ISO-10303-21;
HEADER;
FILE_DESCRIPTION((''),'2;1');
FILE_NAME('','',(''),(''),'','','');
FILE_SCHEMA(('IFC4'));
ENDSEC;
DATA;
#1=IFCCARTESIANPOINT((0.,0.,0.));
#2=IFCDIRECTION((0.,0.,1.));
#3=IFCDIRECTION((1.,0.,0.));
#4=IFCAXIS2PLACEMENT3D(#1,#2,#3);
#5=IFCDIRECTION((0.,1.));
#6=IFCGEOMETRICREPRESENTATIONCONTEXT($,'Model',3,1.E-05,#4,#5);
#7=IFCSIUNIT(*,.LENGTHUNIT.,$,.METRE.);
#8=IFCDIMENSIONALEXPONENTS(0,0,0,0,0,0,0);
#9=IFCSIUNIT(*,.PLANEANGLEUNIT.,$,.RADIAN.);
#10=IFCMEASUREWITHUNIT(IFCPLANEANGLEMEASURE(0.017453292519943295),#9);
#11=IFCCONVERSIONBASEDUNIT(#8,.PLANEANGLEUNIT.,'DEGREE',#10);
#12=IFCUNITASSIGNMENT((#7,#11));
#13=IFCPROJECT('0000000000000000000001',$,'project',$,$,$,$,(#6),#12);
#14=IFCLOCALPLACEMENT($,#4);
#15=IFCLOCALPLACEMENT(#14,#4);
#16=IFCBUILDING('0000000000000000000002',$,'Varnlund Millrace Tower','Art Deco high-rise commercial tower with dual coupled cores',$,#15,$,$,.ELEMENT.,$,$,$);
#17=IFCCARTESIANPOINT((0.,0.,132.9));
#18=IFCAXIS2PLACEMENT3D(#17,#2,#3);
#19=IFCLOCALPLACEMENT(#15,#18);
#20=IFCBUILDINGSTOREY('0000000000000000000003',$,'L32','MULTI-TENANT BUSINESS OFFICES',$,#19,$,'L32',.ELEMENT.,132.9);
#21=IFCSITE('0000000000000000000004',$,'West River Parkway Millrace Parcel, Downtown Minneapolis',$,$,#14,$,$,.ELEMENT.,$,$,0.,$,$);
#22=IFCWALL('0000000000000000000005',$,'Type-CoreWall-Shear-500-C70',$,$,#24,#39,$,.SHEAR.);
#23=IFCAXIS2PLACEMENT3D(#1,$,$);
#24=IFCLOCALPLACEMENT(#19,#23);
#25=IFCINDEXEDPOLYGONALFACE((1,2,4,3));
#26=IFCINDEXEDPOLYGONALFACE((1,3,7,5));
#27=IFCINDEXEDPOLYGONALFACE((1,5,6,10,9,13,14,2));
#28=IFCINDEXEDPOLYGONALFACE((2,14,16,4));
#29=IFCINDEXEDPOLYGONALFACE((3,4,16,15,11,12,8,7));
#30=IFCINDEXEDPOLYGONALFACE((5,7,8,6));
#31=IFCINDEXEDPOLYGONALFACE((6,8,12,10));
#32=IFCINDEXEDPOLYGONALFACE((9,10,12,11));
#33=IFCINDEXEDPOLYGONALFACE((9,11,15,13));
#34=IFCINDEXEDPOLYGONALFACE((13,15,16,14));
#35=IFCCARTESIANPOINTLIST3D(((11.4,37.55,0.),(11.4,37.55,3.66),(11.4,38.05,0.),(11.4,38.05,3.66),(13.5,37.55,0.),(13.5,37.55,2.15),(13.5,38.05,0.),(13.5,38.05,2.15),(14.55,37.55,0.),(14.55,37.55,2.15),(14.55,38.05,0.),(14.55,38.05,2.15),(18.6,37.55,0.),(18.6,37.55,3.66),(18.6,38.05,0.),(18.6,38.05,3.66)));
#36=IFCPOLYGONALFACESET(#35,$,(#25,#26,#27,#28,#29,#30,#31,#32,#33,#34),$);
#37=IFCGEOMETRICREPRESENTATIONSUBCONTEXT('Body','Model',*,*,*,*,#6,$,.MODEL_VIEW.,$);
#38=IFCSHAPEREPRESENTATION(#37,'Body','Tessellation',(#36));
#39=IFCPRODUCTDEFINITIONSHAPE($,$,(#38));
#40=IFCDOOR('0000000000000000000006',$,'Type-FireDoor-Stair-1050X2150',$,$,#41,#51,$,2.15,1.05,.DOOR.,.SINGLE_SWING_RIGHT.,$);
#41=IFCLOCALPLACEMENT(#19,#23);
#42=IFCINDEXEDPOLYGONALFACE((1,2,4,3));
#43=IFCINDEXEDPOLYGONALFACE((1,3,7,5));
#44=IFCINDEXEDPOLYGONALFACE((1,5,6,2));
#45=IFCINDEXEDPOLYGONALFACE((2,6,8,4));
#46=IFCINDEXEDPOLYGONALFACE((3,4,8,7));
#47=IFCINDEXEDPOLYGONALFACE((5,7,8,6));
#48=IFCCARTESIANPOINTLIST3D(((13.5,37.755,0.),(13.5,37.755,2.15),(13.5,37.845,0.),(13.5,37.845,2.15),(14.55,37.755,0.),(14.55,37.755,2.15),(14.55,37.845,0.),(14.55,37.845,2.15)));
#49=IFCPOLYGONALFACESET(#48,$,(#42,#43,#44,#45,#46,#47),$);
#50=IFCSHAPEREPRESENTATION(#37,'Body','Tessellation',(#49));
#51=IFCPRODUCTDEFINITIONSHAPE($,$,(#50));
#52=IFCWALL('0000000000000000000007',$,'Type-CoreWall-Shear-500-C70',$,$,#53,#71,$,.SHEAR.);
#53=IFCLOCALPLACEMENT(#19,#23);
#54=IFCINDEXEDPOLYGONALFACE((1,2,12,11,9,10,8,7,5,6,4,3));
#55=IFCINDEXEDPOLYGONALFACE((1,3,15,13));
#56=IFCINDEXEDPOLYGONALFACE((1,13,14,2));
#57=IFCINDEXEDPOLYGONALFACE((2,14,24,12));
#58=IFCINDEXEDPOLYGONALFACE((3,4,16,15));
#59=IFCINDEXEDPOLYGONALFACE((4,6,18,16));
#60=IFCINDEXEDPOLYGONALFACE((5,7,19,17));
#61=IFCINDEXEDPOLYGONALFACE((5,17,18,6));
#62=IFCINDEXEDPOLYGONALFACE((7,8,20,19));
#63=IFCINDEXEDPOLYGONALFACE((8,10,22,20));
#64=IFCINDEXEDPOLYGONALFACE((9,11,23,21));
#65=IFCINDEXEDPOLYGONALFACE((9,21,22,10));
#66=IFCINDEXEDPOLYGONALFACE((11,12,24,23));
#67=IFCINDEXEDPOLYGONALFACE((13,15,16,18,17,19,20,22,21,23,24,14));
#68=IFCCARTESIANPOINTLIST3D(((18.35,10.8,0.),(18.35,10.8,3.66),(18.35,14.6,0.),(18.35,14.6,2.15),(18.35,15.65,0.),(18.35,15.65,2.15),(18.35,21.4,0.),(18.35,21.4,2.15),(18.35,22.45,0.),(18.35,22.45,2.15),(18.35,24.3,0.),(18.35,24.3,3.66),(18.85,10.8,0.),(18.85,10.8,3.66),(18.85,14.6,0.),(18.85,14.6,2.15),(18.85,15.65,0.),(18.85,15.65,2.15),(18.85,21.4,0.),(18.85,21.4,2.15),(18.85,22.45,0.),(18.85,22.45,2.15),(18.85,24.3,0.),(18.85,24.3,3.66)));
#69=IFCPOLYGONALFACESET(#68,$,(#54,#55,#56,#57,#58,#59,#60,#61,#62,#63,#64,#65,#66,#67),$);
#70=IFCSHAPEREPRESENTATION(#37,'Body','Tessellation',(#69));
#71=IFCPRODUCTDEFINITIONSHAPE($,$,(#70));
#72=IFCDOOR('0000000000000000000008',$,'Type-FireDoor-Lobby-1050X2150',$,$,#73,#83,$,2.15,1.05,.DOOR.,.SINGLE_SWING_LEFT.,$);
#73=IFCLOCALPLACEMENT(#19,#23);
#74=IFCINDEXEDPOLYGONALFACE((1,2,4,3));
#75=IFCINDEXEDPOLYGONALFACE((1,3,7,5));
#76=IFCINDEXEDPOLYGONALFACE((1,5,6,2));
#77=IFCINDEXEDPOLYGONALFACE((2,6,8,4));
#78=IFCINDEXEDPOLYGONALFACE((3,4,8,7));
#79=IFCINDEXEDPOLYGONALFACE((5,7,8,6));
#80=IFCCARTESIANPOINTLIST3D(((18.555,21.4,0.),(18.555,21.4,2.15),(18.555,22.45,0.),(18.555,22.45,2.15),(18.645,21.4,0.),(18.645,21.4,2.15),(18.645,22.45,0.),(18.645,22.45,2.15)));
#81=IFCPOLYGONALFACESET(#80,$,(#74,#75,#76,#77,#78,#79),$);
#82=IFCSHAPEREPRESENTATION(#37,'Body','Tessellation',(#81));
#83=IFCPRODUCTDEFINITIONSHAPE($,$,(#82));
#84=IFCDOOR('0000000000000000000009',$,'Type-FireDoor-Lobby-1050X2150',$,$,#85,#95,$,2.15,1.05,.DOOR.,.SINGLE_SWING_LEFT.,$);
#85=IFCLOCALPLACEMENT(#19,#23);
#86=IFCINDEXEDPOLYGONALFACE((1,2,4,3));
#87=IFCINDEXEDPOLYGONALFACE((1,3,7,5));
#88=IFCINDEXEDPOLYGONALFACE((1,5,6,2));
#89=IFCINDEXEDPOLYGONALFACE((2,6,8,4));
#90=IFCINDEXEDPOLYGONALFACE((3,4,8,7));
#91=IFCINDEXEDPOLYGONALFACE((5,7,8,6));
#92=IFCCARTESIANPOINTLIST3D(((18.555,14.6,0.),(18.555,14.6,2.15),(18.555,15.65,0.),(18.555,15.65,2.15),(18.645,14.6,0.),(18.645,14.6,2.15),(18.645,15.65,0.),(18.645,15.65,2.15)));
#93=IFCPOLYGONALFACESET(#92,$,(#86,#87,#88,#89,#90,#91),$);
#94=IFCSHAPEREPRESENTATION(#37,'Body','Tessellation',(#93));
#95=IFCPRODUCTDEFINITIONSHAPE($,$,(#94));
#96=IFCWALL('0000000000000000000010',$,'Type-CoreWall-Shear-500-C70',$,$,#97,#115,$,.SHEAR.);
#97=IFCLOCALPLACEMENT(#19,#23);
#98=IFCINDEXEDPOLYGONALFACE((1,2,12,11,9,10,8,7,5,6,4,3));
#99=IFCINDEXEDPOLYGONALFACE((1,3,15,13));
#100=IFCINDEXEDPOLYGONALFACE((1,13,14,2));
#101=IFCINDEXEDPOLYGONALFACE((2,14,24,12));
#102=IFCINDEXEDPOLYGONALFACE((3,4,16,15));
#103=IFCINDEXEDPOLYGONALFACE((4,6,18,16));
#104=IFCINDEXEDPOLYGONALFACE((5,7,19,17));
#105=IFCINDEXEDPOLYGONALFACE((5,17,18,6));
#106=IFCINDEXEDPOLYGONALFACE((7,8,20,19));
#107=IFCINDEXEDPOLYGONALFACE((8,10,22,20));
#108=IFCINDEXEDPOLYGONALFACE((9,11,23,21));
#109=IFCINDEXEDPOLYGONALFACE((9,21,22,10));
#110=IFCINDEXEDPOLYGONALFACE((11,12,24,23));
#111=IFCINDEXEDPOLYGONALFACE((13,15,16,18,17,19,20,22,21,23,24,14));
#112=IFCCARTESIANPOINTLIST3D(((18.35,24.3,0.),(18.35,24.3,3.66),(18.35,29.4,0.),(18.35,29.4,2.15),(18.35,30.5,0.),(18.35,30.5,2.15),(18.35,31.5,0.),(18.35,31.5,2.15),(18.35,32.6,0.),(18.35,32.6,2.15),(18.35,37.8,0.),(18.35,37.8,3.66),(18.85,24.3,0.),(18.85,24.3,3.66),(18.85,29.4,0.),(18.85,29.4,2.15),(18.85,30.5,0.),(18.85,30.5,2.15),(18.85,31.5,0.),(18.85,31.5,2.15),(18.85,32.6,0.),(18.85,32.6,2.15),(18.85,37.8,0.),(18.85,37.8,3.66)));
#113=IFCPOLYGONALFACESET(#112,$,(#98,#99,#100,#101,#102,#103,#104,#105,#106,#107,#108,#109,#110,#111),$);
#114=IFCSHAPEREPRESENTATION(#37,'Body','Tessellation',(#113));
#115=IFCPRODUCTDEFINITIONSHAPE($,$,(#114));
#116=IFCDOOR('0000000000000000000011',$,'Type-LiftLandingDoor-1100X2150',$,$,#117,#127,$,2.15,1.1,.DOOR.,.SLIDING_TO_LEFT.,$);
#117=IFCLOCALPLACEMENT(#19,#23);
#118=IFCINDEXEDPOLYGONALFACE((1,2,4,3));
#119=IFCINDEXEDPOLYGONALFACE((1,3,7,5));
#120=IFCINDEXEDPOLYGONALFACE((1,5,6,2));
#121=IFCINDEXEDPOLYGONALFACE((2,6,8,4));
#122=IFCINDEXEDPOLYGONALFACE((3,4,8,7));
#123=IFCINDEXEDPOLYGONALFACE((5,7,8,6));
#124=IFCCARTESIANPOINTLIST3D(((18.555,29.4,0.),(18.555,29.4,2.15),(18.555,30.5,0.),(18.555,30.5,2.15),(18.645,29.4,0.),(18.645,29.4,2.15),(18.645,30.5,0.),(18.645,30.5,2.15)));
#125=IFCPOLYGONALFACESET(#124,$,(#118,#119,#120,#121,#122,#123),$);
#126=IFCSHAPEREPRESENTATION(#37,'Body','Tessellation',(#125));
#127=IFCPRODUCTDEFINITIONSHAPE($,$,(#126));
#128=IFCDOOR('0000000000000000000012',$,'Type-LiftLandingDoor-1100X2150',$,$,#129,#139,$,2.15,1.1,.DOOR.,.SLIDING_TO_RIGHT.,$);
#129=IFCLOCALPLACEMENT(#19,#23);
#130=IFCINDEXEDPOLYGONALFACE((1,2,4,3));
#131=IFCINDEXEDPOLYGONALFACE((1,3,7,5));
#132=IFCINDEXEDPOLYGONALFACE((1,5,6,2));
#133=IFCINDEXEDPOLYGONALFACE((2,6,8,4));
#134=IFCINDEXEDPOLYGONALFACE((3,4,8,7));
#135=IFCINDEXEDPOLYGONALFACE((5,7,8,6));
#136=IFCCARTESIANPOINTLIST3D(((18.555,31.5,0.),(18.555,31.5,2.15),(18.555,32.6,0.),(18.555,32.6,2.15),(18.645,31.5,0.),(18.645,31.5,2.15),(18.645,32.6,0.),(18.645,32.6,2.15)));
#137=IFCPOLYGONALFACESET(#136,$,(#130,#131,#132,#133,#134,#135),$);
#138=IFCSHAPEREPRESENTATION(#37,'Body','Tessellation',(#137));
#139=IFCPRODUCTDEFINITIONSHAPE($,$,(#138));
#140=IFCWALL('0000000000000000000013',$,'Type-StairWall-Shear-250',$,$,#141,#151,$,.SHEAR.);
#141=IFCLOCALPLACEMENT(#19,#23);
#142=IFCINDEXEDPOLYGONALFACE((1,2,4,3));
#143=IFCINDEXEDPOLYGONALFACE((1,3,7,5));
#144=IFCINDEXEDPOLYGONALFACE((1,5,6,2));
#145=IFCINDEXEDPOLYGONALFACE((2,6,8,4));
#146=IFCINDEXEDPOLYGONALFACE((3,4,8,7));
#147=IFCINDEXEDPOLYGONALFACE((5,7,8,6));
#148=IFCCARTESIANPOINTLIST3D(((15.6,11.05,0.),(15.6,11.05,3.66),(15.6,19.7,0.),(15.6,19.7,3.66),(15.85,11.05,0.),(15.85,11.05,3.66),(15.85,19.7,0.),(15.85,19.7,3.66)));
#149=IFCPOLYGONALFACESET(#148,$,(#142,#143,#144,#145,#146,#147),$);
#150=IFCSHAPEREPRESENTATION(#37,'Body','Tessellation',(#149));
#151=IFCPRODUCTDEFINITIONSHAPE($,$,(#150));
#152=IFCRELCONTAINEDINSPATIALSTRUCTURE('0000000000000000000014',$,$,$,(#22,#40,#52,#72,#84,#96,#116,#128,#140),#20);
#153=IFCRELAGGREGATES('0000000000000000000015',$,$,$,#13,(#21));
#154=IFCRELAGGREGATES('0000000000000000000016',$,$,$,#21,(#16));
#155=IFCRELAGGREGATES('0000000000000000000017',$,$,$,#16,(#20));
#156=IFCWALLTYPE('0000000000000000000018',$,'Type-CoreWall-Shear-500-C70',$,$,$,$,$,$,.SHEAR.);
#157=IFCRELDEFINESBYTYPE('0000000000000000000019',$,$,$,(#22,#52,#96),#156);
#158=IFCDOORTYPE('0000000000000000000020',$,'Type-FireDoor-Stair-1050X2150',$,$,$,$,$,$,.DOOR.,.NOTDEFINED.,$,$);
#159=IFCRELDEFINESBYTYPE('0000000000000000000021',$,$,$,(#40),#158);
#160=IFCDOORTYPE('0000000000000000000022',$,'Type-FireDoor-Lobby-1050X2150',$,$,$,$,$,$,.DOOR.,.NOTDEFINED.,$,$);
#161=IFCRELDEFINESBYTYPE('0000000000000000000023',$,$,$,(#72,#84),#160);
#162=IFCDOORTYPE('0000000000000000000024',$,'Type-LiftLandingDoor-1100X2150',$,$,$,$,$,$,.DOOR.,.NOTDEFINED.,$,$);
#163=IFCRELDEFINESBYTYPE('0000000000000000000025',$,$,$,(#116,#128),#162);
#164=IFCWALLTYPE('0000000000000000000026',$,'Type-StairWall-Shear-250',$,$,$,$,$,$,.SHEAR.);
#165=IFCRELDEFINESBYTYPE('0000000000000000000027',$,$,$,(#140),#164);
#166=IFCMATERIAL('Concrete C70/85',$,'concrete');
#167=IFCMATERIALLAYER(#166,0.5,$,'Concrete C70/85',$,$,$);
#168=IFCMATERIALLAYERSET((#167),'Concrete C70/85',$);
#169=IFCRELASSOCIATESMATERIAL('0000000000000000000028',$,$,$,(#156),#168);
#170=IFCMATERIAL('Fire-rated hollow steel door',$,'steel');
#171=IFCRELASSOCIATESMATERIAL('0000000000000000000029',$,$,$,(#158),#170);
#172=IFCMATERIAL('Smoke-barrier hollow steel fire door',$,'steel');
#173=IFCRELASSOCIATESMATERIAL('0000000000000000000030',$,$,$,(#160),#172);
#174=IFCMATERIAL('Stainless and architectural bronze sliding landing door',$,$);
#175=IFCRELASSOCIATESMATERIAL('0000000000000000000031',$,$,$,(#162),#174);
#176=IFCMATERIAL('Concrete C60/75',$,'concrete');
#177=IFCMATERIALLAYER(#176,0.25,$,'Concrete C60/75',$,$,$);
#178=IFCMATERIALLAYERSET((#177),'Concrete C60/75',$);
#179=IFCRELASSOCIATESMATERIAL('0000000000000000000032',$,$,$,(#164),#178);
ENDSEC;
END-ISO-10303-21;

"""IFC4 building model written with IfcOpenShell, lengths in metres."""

from ifc_helpers import new_model, entity, si_unit, converted_unit, direction, frame, origin_with_axes, origin_2d_with_axis, place, context, subcontext, project, spatial, polyline, rectangle, outline, extrude, material, layer, layer_set, type_object, element, fill, save


model = new_model("IFC4")

# Units and contexts
model_context = context("Model", 3, precision=1e-05, world=origin_with_axes(), true_north=direction((0.0, 1.0)))
body_context = subcontext(model_context, "Body", "Model", "MODEL_VIEW")
ifc_project = project(units=[si_unit("LENGTHUNIT", "METRE"), converted_unit("PLANEANGLEUNIT", "DEGREE", entity("IfcPlaneAngleMeasure", 0.017453292519943295), si_unit("PLANEANGLEUNIT", "RADIAN"), dimensions=[0, 0, 0, 0, 0, 0, 0])], contexts=[model_context])

# Site, building, storey
site_placement = place(None, origin_with_axes())
site = spatial("IfcSite", under=ifc_project, at=site_placement, Name="West River Parkway Millrace Parcel, Downtown Minneapolis", CompositionType="ELEMENT", RefElevation=0.0)
building_placement = place(site_placement, origin_with_axes())
building = spatial("IfcBuilding", under=site, at=building_placement, Name="Varnlund Millrace Tower", Description="Art Deco high-rise commercial tower with dual coupled cores", CompositionType="ELEMENT")
storey_placement = place(building_placement, frame((0.0, 0.0, 132.9), z_axis=(0.0, 0.0, 1.0), x_axis=(1.0, 0.0, 0.0)))
storey = spatial("IfcBuildingStorey", under=building, at=storey_placement, Name="L32", Description="MULTI-TENANT BUSINESS OFFICES", LongName="L32", CompositionType="ELEMENT", Elevation=132.9)

# Shared definitions
ifc_material_1 = material(Name="Concrete C60/75", Category="concrete")

# Shared definitions
ifc_material_2 = material(Name="Concrete C70/85", Category="concrete")
ifc_layer_1 = layer(ifc_material_2, 0.5, Name="Concrete C70/85")
ifc_layer_set_1 = layer_set([ifc_layer_1], Name="Concrete C70/85")
wall_type_1 = type_object("IfcWallType", Name="Type-CoreWall-Shear-500-C70", PredefinedType="SHEAR", material=ifc_layer_set_1)

# Wall, opening, door
ifc_material_3 = material(Name="Fire-rated hollow steel door", Category="steel")
door_type_1 = type_object("IfcDoorType", Name="Type-FireDoor-Stair-1050X2150", OperationType="NOTDEFINED", PredefinedType="DOOR", material=ifc_material_3)
wall_1_placement = place(storey_placement, frame((11.4, 37.8, 0.0), z_axis=(0.0, 0.0, 1.0), x_axis=(1.0, 0.0, 0.0)))
wall_1 = element("IfcWall", 1, at=wall_1_placement, inside=storey, type_object=wall_type_1, Name="Type-CoreWall-Shear-500-C70", PredefinedType="SHEAR", context=body_context, shape_type="SweptSolid", body=[
    extrude(outline(polyline([(0.0, -0.25), (7.2, -0.25), (7.2, 0.25), (0.0, 0.25), (0.0, -0.25)])), origin_with_axes(), (0.0, 0.0, 1.0), 3.66),
])
opening_1_placement = place(wall_1_placement, frame((2.625, 0.0, 0.0), z_axis=(0.0, 0.0, 1.0), x_axis=(1.0, 0.0, 0.0)))
opening_1 = element("IfcOpeningElement", 2, at=opening_1_placement, cuts=wall_1, PredefinedType="OPENING", context=body_context, shape_type="SweptSolid", body=[
    extrude(rectangle(XDim=1.05, YDim=0.52, at=origin_2d_with_axis()), origin_with_axes(), (0.0, 0.0, 1.0), 2.15),
])
door_1_placement = place(wall_1_placement, frame((2.625, 0.0, 0.0), z_axis=(0.0, 0.0, 1.0), x_axis=(1.0, 0.0, 0.0)))
door_1 = element("IfcDoor", 3, at=door_1_placement, inside=storey, type_object=door_type_1, Name="Type-FireDoor-Stair-1050X2150", OperationType="SINGLE_SWING_RIGHT", OverallHeight=2.15, OverallWidth=1.05, PredefinedType="DOOR", context=body_context, shape_type="SweptSolid", body=[
    extrude(rectangle(XDim=1.05, YDim=0.09, at=origin_2d_with_axis()), origin_with_axes(), (0.0, 0.0, 1.0), 2.15),
])
fill(opening_1, door_1)

# Walls, openings, doors
wall_2_placement = place(storey_placement, frame((18.6, 10.8, 0.0), z_axis=(0.0, 0.0, 1.0), x_axis=(0.0, 1.0, 0.0)))
wall_2 = element("IfcWall", 4, at=wall_2_placement, inside=storey, type_object=wall_type_1, Name="Type-CoreWall-Shear-500-C70", PredefinedType="SHEAR", context=body_context, shape_type="SweptSolid", body=[
    extrude(outline(polyline([(0.0, -0.25), (13.5, -0.25), (13.5, 0.25), (0.0, 0.25), (0.0, -0.25)])), origin_with_axes(), (0.0, 0.0, 1.0), 3.66),
])
opening_2_placement = place(wall_2_placement, frame((11.125, 0.0, 0.0), z_axis=(0.0, 0.0, 1.0), x_axis=(1.0, 0.0, 0.0)))
opening_2 = element("IfcOpeningElement", 5, at=opening_2_placement, cuts=wall_2, PredefinedType="OPENING", context=body_context, shape_type="SweptSolid", body=[
    extrude(rectangle(XDim=1.05, YDim=0.52, at=origin_2d_with_axis()), origin_with_axes(), (0.0, 0.0, 1.0), 2.15),
])
opening_3_placement = place(wall_2_placement, frame((4.325, 0.0, 0.0), z_axis=(0.0, 0.0, 1.0), x_axis=(1.0, 0.0, 0.0)))
opening_3 = element("IfcOpeningElement", 6, at=opening_3_placement, cuts=wall_2, PredefinedType="OPENING", context=body_context, shape_type="SweptSolid", body=[
    extrude(rectangle(XDim=1.05, YDim=0.52, at=origin_2d_with_axis()), origin_with_axes(), (0.0, 0.0, 1.0), 2.15),
])
ifc_material_4 = material(Name="Smoke-barrier hollow steel fire door", Category="steel")
door_type_2 = type_object("IfcDoorType", Name="Type-FireDoor-Lobby-1050X2150", OperationType="NOTDEFINED", PredefinedType="DOOR", material=ifc_material_4)
door_2_placement = place(wall_2_placement, frame((11.125, 0.0, 0.0), z_axis=(0.0, 0.0, 1.0), x_axis=(1.0, 0.0, 0.0)))
door_2 = element("IfcDoor", 7, at=door_2_placement, inside=storey, type_object=door_type_2, Name="Type-FireDoor-Lobby-1050X2150", OperationType="SINGLE_SWING_LEFT", OverallHeight=2.15, OverallWidth=1.05, PredefinedType="DOOR", context=body_context, shape_type="SweptSolid", body=[
    extrude(rectangle(XDim=1.05, YDim=0.09, at=origin_2d_with_axis()), origin_with_axes(), (0.0, 0.0, 1.0), 2.15),
])
fill(opening_2, door_2)
door_3_placement = place(wall_2_placement, frame((4.325, 0.0, 0.0), z_axis=(0.0, 0.0, 1.0), x_axis=(1.0, 0.0, 0.0)))
door_3 = element("IfcDoor", 8, at=door_3_placement, inside=storey, type_object=door_type_2, Name="Type-FireDoor-Lobby-1050X2150", OperationType="SINGLE_SWING_LEFT", OverallHeight=2.15, OverallWidth=1.05, PredefinedType="DOOR", context=body_context, shape_type="SweptSolid", body=[
    extrude(rectangle(XDim=1.05, YDim=0.09, at=origin_2d_with_axis()), origin_with_axes(), (0.0, 0.0, 1.0), 2.15),
])
fill(opening_3, door_3)
wall_3_placement = place(storey_placement, frame((18.6, 24.3, 0.0), z_axis=(0.0, 0.0, 1.0), x_axis=(0.0, 1.0, 0.0)))
wall_3 = element("IfcWall", 9, at=wall_3_placement, inside=storey, type_object=wall_type_1, Name="Type-CoreWall-Shear-500-C70", PredefinedType="SHEAR", context=body_context, shape_type="SweptSolid", body=[
    extrude(outline(polyline([(0.0, -0.25), (13.5, -0.25), (13.5, 0.25), (0.0, 0.25), (0.0, -0.25)])), origin_with_axes(), (0.0, 0.0, 1.0), 3.66),
])
opening_4_placement = place(wall_3_placement, frame((5.65, 0.0, 0.0), z_axis=(0.0, 0.0, 1.0), x_axis=(1.0, 0.0, 0.0)))
opening_4 = element("IfcOpeningElement", 10, at=opening_4_placement, cuts=wall_3, PredefinedType="OPENING", context=body_context, shape_type="SweptSolid", body=[
    extrude(rectangle(XDim=1.1, YDim=0.52, at=origin_2d_with_axis()), origin_with_axes(), (0.0, 0.0, 1.0), 2.15),
])
opening_5_placement = place(wall_3_placement, frame((7.75, 0.0, 0.0), z_axis=(0.0, 0.0, 1.0), x_axis=(1.0, 0.0, 0.0)))
opening_5 = element("IfcOpeningElement", 11, at=opening_5_placement, cuts=wall_3, PredefinedType="OPENING", context=body_context, shape_type="SweptSolid", body=[
    extrude(rectangle(XDim=1.1, YDim=0.52, at=origin_2d_with_axis()), origin_with_axes(), (0.0, 0.0, 1.0), 2.15),
])
ifc_material_5 = material(Name="Stainless and architectural bronze sliding landing door")
door_type_3 = type_object("IfcDoorType", Name="Type-LiftLandingDoor-1100X2150", OperationType="NOTDEFINED", PredefinedType="DOOR", material=ifc_material_5)
door_4_placement = place(wall_3_placement, frame((5.65, 0.0, 0.0), z_axis=(0.0, 0.0, 1.0), x_axis=(1.0, 0.0, 0.0)))
door_4 = element("IfcDoor", 12, at=door_4_placement, inside=storey, type_object=door_type_3, Name="Type-LiftLandingDoor-1100X2150", OperationType="SLIDING_TO_LEFT", OverallHeight=2.15, OverallWidth=1.1, PredefinedType="DOOR", context=body_context, shape_type="SweptSolid", body=[
    extrude(rectangle(XDim=1.1, YDim=0.09, at=origin_2d_with_axis()), origin_with_axes(), (0.0, 0.0, 1.0), 2.15),
])
fill(opening_4, door_4)
door_5_placement = place(wall_3_placement, frame((7.75, 0.0, 0.0), z_axis=(0.0, 0.0, 1.0), x_axis=(1.0, 0.0, 0.0)))
door_5 = element("IfcDoor", 13, at=door_5_placement, inside=storey, type_object=door_type_3, Name="Type-LiftLandingDoor-1100X2150", OperationType="SLIDING_TO_RIGHT", OverallHeight=2.15, OverallWidth=1.1, PredefinedType="DOOR", context=body_context, shape_type="SweptSolid", body=[
    extrude(rectangle(XDim=1.1, YDim=0.09, at=origin_2d_with_axis()), origin_with_axes(), (0.0, 0.0, 1.0), 2.15),
])
fill(opening_5, door_5)

# Wall
ifc_layer_2 = layer(ifc_material_1, 0.25, Name="Concrete C60/75")
ifc_layer_set_2 = layer_set([ifc_layer_2], Name="Concrete C60/75")
wall_type_2 = type_object("IfcWallType", Name="Type-StairWall-Shear-250", PredefinedType="SHEAR", material=ifc_layer_set_2)
wall_4_placement = place(storey_placement, frame((15.725, 11.05, 0.0), z_axis=(0.0, 0.0, 1.0), x_axis=(0.0, 1.0, 0.0)))
element("IfcWall", 14, at=wall_4_placement, inside=storey, type_object=wall_type_2, Name="Type-StairWall-Shear-250", PredefinedType="SHEAR", context=body_context, shape_type="SweptSolid", body=[
    extrude(outline(polyline([(0.0, -0.125), (8.65, -0.125), (8.65, 0.125), (0.0, 0.125), (0.0, -0.125)])), origin_with_axes(), (0.0, 0.0, 1.0), 3.66),
])

save(model, "model.ifc")
